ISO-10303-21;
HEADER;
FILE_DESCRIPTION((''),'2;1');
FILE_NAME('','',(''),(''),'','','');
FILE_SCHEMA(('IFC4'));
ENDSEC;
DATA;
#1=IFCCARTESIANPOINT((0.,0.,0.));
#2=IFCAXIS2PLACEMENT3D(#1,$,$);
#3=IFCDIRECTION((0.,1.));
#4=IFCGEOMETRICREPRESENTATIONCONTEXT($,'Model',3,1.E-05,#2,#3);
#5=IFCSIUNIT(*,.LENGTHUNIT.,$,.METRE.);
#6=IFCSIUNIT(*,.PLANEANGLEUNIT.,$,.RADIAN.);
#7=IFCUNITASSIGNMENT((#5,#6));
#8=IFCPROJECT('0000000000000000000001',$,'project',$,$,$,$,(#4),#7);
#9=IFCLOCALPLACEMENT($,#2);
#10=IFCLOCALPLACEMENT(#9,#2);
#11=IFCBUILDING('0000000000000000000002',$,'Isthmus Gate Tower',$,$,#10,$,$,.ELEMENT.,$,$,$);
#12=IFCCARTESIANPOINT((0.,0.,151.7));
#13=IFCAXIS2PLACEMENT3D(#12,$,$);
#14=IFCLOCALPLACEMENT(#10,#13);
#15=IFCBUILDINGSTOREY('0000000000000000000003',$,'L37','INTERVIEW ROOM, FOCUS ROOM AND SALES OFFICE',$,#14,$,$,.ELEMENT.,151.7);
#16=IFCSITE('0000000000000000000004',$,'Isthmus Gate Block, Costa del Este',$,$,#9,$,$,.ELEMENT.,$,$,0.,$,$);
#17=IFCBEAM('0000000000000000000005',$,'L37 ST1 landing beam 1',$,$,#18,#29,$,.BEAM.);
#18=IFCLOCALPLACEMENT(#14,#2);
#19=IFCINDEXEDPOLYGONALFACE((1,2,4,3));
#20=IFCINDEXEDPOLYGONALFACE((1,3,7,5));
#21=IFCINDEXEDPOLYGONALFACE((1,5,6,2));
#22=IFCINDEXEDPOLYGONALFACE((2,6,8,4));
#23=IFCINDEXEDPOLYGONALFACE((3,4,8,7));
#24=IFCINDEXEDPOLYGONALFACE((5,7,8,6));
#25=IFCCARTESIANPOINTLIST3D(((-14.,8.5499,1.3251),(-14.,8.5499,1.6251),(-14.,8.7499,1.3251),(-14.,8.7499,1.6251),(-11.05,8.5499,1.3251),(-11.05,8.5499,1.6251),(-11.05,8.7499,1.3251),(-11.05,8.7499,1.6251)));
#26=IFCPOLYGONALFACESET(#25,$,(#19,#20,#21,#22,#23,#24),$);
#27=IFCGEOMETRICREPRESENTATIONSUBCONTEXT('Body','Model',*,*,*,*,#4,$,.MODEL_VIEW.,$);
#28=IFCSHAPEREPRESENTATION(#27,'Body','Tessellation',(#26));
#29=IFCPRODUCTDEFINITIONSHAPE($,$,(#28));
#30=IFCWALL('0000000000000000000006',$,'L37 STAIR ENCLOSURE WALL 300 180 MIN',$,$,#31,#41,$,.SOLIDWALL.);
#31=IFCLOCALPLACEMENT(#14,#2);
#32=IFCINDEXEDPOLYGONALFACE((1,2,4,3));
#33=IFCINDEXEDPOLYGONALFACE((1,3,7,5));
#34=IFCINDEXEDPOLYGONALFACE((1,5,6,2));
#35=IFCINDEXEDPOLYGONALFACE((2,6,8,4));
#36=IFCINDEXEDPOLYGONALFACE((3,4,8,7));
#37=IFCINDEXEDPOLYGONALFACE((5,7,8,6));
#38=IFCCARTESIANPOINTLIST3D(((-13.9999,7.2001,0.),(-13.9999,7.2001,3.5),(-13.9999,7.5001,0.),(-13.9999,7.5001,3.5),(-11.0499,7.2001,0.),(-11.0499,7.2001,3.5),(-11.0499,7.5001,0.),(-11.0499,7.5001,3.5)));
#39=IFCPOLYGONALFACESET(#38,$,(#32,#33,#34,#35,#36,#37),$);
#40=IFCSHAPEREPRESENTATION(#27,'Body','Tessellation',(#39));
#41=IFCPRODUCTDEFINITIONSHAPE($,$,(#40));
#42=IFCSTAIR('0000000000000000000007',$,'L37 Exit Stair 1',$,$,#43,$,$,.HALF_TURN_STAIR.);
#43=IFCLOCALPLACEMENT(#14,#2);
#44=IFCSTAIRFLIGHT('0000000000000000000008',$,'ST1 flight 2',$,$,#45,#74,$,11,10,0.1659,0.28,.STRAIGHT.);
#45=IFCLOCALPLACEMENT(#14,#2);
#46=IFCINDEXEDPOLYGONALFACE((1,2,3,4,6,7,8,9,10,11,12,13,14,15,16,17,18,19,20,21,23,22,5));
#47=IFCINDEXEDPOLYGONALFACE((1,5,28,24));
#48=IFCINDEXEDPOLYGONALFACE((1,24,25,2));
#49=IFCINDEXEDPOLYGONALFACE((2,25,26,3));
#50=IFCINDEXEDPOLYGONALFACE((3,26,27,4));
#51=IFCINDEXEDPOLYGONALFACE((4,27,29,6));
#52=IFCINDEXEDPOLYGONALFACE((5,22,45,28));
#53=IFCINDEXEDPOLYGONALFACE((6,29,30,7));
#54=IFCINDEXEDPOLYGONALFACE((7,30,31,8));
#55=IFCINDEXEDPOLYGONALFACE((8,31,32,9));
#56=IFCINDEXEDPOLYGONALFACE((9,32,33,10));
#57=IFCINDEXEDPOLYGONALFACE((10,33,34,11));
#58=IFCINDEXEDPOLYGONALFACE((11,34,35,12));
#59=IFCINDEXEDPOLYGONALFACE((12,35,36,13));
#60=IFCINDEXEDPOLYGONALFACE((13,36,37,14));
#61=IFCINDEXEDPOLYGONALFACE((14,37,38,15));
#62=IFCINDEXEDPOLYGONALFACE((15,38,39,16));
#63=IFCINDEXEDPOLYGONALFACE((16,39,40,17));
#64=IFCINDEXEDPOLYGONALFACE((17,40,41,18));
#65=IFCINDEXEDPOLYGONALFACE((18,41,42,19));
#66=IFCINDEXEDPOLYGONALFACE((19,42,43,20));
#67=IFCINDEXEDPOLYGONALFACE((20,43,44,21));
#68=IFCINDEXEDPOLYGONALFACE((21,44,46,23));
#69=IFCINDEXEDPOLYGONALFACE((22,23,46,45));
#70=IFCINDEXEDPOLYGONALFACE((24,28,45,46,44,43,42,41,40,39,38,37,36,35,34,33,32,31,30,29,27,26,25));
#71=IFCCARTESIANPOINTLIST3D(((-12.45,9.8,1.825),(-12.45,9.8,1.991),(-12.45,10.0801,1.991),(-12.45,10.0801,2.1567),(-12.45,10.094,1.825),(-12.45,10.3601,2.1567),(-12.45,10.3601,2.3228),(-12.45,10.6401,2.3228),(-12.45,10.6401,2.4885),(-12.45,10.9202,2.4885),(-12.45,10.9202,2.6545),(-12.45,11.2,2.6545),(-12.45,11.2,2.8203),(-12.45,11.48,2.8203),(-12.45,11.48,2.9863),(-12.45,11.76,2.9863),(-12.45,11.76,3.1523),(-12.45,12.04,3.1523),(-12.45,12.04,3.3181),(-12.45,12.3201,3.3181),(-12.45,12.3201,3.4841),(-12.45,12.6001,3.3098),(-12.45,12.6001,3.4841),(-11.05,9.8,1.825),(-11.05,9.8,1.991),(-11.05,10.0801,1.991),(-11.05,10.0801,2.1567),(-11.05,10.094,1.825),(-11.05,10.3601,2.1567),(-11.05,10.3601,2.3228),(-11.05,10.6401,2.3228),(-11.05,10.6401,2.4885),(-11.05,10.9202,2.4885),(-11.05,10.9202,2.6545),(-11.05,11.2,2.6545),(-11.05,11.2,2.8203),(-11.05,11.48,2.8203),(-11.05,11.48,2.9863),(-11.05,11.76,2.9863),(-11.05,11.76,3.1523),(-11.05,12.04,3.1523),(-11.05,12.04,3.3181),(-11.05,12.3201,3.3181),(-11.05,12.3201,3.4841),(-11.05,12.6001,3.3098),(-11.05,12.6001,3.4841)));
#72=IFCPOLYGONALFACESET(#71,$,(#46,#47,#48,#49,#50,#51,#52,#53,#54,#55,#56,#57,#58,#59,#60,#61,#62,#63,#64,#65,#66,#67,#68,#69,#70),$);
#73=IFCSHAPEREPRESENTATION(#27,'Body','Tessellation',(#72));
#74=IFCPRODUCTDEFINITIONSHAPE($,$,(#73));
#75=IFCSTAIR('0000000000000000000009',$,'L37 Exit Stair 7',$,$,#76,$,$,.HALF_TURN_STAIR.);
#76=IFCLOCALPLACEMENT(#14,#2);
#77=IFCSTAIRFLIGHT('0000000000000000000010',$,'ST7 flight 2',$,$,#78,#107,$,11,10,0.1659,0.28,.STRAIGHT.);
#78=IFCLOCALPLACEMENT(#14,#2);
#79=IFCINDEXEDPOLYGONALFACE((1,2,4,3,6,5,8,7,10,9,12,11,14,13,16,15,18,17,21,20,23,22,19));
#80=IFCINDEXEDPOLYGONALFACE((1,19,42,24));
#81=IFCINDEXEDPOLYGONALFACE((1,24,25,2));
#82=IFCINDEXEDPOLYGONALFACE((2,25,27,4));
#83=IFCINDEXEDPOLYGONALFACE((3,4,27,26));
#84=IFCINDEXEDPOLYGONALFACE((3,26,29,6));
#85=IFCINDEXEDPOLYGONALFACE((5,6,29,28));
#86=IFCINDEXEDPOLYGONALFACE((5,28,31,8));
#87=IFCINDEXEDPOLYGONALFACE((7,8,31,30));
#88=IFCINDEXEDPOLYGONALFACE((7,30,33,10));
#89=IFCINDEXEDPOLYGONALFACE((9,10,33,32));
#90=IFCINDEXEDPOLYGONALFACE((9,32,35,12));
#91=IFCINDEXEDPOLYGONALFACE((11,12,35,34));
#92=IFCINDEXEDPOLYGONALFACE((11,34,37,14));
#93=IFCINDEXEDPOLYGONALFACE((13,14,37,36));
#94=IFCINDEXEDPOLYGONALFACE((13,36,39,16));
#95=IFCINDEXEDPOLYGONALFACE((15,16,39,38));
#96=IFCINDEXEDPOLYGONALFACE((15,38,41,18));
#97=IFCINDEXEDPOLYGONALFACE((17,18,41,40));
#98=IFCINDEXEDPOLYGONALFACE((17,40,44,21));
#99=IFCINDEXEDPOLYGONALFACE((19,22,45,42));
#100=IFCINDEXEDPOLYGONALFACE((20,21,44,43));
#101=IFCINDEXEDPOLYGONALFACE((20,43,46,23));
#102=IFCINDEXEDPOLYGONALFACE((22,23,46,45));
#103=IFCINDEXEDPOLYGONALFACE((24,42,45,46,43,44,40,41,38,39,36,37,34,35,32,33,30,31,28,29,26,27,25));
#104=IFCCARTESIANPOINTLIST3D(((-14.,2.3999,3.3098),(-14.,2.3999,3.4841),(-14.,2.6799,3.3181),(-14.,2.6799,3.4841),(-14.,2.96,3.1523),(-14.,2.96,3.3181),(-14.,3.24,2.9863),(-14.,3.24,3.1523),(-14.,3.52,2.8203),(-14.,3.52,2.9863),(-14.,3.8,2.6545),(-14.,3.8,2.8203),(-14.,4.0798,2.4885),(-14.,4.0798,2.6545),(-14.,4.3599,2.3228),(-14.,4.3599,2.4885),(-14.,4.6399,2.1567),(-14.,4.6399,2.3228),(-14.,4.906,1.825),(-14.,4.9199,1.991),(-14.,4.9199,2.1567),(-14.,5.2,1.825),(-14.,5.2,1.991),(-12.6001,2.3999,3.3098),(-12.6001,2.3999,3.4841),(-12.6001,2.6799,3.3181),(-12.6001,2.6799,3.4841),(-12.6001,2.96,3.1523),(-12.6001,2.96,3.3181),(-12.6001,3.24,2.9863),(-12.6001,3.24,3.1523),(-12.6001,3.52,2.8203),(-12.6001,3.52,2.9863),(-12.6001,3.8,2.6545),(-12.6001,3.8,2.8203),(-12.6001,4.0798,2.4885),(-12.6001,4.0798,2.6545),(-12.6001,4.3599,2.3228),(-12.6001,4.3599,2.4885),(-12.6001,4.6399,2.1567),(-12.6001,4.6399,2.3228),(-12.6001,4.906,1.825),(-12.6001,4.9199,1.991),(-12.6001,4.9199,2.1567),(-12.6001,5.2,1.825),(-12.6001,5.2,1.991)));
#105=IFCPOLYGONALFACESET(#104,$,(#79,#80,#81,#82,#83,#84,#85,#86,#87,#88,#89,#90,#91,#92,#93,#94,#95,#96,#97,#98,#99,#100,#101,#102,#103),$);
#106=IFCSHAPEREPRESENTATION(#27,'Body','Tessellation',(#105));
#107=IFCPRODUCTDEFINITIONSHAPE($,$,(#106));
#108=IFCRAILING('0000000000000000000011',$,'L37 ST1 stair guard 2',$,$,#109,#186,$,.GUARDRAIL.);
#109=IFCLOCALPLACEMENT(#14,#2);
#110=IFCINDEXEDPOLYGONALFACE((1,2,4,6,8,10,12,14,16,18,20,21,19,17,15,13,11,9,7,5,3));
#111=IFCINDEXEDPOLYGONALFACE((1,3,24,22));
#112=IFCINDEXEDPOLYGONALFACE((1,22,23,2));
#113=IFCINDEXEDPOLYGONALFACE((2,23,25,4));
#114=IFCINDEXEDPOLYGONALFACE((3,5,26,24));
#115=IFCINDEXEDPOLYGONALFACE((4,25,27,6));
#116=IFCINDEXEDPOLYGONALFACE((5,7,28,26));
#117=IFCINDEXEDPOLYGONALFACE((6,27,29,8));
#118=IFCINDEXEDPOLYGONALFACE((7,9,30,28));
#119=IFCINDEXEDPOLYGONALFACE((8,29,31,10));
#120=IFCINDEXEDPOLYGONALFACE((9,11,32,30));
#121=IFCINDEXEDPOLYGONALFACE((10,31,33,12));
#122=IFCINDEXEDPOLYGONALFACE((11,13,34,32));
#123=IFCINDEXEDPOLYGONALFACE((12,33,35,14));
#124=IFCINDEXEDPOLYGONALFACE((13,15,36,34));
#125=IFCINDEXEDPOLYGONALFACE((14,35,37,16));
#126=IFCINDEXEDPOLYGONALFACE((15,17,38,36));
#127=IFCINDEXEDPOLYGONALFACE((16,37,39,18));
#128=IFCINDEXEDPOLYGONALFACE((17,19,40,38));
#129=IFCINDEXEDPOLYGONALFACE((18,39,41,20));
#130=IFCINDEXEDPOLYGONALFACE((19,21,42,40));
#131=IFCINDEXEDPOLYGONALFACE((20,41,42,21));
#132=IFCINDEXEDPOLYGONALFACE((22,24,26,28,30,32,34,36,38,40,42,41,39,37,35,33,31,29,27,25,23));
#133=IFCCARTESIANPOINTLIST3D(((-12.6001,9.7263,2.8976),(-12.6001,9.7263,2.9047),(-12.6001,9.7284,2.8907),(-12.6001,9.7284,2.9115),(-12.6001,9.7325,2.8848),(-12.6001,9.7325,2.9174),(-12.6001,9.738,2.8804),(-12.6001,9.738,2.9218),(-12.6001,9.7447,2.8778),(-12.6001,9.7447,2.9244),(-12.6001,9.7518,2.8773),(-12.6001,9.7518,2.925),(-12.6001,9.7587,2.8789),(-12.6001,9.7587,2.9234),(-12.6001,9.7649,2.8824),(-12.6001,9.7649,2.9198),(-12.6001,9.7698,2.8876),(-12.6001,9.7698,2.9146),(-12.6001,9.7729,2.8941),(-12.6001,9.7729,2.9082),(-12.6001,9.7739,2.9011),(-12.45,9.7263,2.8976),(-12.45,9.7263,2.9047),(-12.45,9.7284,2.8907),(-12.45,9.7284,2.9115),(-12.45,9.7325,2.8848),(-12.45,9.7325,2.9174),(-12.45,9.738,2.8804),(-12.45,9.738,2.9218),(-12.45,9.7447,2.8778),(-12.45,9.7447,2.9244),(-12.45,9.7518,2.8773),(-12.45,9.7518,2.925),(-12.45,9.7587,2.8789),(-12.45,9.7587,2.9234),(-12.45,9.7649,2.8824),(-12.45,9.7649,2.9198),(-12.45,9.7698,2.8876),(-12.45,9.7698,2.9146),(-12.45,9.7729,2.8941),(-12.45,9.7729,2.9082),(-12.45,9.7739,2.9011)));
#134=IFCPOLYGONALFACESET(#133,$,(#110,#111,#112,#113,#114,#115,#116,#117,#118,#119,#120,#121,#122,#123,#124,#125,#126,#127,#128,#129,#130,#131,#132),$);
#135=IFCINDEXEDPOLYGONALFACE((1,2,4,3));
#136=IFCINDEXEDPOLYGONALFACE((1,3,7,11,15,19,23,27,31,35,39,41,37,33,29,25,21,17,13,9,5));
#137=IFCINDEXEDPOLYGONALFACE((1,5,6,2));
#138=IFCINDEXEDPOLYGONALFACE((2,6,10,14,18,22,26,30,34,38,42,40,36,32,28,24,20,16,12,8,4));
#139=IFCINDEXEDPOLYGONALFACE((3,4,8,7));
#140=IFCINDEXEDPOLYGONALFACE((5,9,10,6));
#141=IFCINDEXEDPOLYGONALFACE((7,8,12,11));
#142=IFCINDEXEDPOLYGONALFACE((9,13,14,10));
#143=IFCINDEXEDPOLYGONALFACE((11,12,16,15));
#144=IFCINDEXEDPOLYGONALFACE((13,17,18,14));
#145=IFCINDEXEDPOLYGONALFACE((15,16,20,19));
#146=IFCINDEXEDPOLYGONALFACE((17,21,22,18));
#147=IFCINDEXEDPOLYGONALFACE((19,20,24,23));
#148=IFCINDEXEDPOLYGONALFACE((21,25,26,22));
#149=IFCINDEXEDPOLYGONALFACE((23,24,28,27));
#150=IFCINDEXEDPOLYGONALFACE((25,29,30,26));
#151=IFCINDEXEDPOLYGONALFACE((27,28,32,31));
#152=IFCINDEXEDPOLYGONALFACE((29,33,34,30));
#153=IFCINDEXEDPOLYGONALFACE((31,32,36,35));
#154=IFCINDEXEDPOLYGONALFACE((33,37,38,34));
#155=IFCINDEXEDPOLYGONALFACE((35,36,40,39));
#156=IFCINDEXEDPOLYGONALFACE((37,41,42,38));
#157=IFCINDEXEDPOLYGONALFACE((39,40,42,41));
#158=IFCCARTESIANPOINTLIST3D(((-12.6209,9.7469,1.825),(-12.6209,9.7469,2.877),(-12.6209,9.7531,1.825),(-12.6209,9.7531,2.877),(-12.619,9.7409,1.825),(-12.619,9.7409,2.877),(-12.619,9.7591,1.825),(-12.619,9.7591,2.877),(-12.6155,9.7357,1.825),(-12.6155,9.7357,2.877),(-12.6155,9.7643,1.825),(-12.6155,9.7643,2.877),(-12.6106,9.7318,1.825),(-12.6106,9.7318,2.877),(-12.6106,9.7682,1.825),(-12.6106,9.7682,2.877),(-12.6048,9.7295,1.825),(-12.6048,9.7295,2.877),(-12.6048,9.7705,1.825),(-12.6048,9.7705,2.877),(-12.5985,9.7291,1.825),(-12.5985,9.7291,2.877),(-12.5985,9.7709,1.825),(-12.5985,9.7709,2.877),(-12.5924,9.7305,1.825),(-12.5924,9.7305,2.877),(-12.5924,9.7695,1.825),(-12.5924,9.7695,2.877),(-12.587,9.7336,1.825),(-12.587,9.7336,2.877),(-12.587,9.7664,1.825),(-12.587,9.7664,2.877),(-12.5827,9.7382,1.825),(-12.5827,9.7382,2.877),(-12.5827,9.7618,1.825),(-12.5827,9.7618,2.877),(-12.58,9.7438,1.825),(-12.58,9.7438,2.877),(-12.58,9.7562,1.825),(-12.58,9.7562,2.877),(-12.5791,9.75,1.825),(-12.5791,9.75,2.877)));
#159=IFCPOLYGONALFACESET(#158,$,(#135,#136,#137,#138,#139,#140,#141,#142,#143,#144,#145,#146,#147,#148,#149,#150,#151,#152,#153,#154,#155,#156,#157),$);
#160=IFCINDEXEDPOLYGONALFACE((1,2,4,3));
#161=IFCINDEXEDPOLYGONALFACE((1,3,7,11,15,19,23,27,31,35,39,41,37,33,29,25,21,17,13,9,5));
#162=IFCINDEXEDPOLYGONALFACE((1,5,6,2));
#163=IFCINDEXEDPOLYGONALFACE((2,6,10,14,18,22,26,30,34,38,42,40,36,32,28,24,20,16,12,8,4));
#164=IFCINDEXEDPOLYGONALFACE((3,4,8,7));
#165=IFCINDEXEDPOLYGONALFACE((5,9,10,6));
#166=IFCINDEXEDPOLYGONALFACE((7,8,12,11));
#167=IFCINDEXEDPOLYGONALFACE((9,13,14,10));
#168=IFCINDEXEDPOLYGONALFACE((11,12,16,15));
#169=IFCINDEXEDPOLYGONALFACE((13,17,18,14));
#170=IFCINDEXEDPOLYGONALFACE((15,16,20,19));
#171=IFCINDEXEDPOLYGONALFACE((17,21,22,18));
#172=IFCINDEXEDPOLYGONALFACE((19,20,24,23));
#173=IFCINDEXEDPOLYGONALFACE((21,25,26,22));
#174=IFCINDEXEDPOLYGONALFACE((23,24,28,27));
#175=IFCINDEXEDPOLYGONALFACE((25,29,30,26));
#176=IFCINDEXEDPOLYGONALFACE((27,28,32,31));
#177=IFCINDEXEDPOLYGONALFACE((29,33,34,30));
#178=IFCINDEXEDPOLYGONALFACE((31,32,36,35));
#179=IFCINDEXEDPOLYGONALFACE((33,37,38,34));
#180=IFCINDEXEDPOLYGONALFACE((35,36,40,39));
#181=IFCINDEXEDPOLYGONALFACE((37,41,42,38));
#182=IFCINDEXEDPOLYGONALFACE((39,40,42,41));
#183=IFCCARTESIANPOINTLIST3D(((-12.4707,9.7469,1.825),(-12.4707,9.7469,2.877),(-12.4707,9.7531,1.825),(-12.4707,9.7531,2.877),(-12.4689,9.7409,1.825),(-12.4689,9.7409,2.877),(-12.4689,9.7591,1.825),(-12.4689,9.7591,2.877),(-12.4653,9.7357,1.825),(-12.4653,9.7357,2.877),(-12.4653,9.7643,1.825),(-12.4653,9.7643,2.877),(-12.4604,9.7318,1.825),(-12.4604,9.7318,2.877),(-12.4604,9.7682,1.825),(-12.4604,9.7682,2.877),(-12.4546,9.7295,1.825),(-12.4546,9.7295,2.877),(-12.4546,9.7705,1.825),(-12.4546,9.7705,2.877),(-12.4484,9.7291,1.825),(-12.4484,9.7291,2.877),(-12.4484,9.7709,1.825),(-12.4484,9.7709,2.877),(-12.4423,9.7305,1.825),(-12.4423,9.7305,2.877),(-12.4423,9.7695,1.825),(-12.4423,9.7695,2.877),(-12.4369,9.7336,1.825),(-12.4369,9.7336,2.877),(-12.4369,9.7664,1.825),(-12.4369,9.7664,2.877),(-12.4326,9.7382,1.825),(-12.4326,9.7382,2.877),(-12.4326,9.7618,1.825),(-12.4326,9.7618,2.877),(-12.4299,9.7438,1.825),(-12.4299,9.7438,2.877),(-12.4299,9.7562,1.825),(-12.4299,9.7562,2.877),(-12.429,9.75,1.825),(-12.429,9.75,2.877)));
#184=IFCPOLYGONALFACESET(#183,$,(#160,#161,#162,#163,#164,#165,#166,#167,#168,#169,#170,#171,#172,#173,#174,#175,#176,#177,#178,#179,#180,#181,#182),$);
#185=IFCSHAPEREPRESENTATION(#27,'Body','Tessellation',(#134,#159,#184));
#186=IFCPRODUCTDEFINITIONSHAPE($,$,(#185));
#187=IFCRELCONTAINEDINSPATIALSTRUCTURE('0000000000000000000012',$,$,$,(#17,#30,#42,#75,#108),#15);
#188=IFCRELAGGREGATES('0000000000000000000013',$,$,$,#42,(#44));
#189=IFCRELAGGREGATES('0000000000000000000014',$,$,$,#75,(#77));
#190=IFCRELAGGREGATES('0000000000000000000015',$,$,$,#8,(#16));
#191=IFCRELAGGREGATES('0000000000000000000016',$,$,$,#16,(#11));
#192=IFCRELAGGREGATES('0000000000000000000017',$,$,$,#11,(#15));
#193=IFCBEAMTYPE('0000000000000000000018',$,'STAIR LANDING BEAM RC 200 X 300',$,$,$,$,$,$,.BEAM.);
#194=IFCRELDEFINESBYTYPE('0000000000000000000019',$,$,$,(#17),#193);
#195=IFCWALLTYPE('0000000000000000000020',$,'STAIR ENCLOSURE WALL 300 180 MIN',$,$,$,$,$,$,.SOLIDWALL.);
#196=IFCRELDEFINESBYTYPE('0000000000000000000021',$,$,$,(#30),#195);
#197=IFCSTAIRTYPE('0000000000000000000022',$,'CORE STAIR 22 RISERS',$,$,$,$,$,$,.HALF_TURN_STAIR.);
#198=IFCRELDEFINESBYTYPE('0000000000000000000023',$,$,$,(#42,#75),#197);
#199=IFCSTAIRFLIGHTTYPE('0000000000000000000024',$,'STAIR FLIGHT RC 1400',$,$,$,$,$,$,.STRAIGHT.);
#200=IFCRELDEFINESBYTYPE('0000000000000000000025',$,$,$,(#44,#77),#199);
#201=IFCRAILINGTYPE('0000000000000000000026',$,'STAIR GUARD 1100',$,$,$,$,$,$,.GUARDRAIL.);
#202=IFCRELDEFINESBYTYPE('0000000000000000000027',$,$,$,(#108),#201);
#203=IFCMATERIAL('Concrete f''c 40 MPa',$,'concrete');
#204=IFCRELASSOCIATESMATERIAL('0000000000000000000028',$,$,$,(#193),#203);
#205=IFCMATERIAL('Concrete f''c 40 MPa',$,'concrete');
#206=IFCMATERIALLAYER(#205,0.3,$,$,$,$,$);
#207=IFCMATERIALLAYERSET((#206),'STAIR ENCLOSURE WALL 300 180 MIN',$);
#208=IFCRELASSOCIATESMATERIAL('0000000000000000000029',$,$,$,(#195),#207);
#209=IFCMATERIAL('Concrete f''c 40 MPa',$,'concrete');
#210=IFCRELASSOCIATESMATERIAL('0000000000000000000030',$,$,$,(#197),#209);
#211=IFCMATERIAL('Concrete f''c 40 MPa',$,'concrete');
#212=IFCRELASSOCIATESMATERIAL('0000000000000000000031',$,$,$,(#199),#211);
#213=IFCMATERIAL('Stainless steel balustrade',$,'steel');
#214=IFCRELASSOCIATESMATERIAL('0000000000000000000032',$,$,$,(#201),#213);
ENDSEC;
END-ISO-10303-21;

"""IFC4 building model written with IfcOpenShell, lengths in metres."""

from ifc_helpers import new_model, si_unit, direction, frame, frame_2d, origin, origin_2d, place, context, subcontext, project, spatial, polyline, rectangle, circle, outline, extrude, material, layer, layer_set, material_profile, profile_set, type_object, element, aggregate, save


model = new_model("IFC4")

# Units and contexts
model_context = context("Model", 3, precision=1e-05, world=origin(), true_north=direction((0.0, 1.0)))
body_context = subcontext(model_context, "Body", "Model", "MODEL_VIEW")
ifc_project = project(units=[si_unit("LENGTHUNIT", "METRE"), si_unit("PLANEANGLEUNIT", "RADIAN")], contexts=[model_context])

# Site, building, storey
site_placement = place(None, origin())
site = spatial("IfcSite", under=ifc_project, at=site_placement, Name="Isthmus Gate Block, Costa del Este", CompositionType="ELEMENT", RefElevation=0.0)
building_placement = place(site_placement, origin())
building = spatial("IfcBuilding", under=site, at=building_placement, Name="Isthmus Gate Tower", CompositionType="ELEMENT")
storey_placement = place(building_placement, frame((0.0, 0.0, 151.7)))
storey = spatial("IfcBuildingStorey", under=building, at=storey_placement, Name="L37", Description="INTERVIEW ROOM, FOCUS ROOM AND SALES OFFICE", CompositionType="ELEMENT", Elevation=151.7)

# Beam
ifc_material_1 = material(Name="Concrete f'c 40 MPa", Category="concrete")
ifc_material_profile = material_profile(ifc_material_1, rectangle(XDim=0.2, YDim=0.3, at=origin_2d()), Name="STAIR LANDING BEAM RC 200 X 300")
ifc_profile_set = profile_set([ifc_material_profile], Name="Concrete f'c 40 MPa")
beam_type = type_object("IfcBeamType", Name="STAIR LANDING BEAM RC 200 X 300", PredefinedType="BEAM", material=ifc_profile_set)
beam_placement = place(storey_placement, frame((-14.0, 8.6499, 1.4751), z_axis=(1.0, 0.0, 0.0), x_axis=(0.0, 1.0, 0.0)))
element("IfcBeam", 1, at=beam_placement, inside=storey, type_object=beam_type, Name="L37 ST1 landing beam 1", PredefinedType="BEAM", context=body_context, shape_type="SweptSolid", body=[
    extrude(rectangle(XDim=0.2, YDim=0.3, at=origin_2d()), origin(), (0.0, 0.0, 1.0), 2.95),
])

# Wall
ifc_material_2 = material(Name="Concrete f'c 40 MPa", Category="concrete")
ifc_layer = layer(ifc_material_2, 0.3)
ifc_layer_set = layer_set([ifc_layer], Name="STAIR ENCLOSURE WALL 300 180 MIN")
wall_type = type_object("IfcWallType", Name="STAIR ENCLOSURE WALL 300 180 MIN", PredefinedType="SOLIDWALL", material=ifc_layer_set)
wall_placement = place(storey_placement, frame((-14.0, 7.3501, 0.0), z_axis=(0.0, 0.0, 1.0), x_axis=(1.0, 0.0, 0.0)))
element("IfcWall", 2, at=wall_placement, inside=storey, type_object=wall_type, Name="L37 STAIR ENCLOSURE WALL 300 180 MIN", PredefinedType="SOLIDWALL", context=body_context, shape_type="SweptSolid", body=[
    extrude(rectangle(XDim=2.95, YDim=0.3, at=frame_2d((1.4751, 0.0))), origin(), (0.0, 0.0, 1.0), 3.5),
])

# Stairs, stair flights
ifc_material_3 = material(Name="Concrete f'c 40 MPa", Category="concrete")
stair_type = type_object("IfcStairType", Name="CORE STAIR 22 RISERS", PredefinedType="HALF_TURN_STAIR", material=ifc_material_3)
stair_1_placement = place(storey_placement, origin())
stair_1 = element("IfcStair", 3, at=stair_1_placement, inside=storey, type_object=stair_type, Name="L37 Exit Stair 1", PredefinedType="HALF_TURN_STAIR")
ifc_material_4 = material(Name="Concrete f'c 40 MPa", Category="concrete")
stair_flight_type = type_object("IfcStairFlightType", Name="STAIR FLIGHT RC 1400", PredefinedType="STRAIGHT", material=ifc_material_4)
stair_flight_1_placement = place(storey_placement, frame((-11.75, 9.8, 1.825), z_axis=(0.0, 0.0, 1.0), x_axis=(0.0, 1.0, 0.0)))
stair_flight_1 = element("IfcStairFlight", 4, at=stair_flight_1_placement, type_object=stair_flight_type, Name="ST1 flight 2", NumberOfRisers=11, NumberOfTreads=10, PredefinedType="STRAIGHT", RiserHeight=0.1659, TreadLength=0.28, context=body_context, shape_type="SweptSolid", body=[
    extrude(outline(polyline([(0.0, 0.0), (0.0, 0.166), (0.28, 0.166), (0.28, 0.3318), (0.5601, 0.3318), (0.5601, 0.4978), (0.8401, 0.4978), (0.8401, 0.6636), (1.1201, 0.6636), (1.1201, 0.8296), (1.3999, 0.8296), (1.3999, 0.9954), (1.6799, 0.9954), (1.6799, 1.1614), (1.96, 1.1614), (1.96, 1.3274), (2.24, 1.3274), (2.24, 1.4932), (2.52, 1.4932), (2.52, 1.6592), (2.8, 1.6592), (2.8, 1.825), (2.8, 1.4849), (0.2939, 0.0), (0.0, 0.0)])), frame((0.0, 0.7, 0.0), z_axis=(0.0, -1.0, 0.0), x_axis=(1.0, 0.0, 0.0)), (0.0, 0.0, 1.0), 1.3999),
])
aggregate(stair_1, [stair_flight_1])
stair_2_placement = place(storey_placement, origin())
stair_2 = element("IfcStair", 5, at=stair_2_placement, inside=storey, type_object=stair_type, Name="L37 Exit Stair 7", PredefinedType="HALF_TURN_STAIR")
stair_flight_2_placement = place(storey_placement, frame((-13.3, 5.2, 1.825), z_axis=(0.0, 0.0, 1.0), x_axis=(0.0, -1.0, 0.0)))
stair_flight_2 = element("IfcStairFlight", 6, at=stair_flight_2_placement, type_object=stair_flight_type, Name="ST7 flight 2", NumberOfRisers=11, NumberOfTreads=10, PredefinedType="STRAIGHT", RiserHeight=0.1659, TreadLength=0.28, context=body_context, shape_type="SweptSolid", body=[
    extrude(outline(polyline([(0.0, 0.0), (0.0, 0.166), (0.28, 0.166), (0.28, 0.3318), (0.5601, 0.3318), (0.5601, 0.4978), (0.8401, 0.4978), (0.8401, 0.6636), (1.1201, 0.6636), (1.1201, 0.8296), (1.3999, 0.8296), (1.3999, 0.9954), (1.6799, 0.9954), (1.6799, 1.1614), (1.96, 1.1614), (1.96, 1.3274), (2.24, 1.3274), (2.24, 1.4932), (2.52, 1.4932), (2.52, 1.6592), (2.8, 1.6592), (2.8, 1.825), (2.8, 1.4849), (0.2939, 0.0), (0.0, 0.0)])), frame((0.0, 0.7, 0.0), z_axis=(0.0, -1.0, 0.0), x_axis=(1.0, 0.0, 0.0)), (0.0, 0.0, 1.0), 1.3999),
])
aggregate(stair_2, [stair_flight_2])

# Railing
ifc_material_5 = material(Name="Stainless steel balustrade", Category="steel")
railing_type_1 = type_object("IfcRailingType", Name="STAIR GUARD 1100", PredefinedType="GUARDRAIL", material=ifc_material_5)
railing_1_placement = place(storey_placement, frame((-12.6001, 9.75, 1.825)))
element("IfcRailing", 7, at=railing_1_placement, inside=storey, type_object=railing_type_1, Name="L37 ST1 stair guard 2", PredefinedType="GUARDRAIL", context=body_context, shape_type="SweptSolid", body=[
    extrude(circle(Radius=0.0239, at=origin_2d()), frame((0.0, 0.0, 1.0762), z_axis=(1.0, 0.0, 0.0), x_axis=(0.0, 1.0, 0.0)), (0.0, 0.0, 1.0), 0.1501),
    extrude(circle(Radius=0.021, at=origin_2d()), origin(), (0.0, 0.0, 1.0), 1.052),
    extrude(circle(Radius=0.021, at=origin_2d()), frame((0.1501, 0.0, 0.0)), (0.0, 0.0, 1.0), 1.052),
])

save(model, "model.ifc")
